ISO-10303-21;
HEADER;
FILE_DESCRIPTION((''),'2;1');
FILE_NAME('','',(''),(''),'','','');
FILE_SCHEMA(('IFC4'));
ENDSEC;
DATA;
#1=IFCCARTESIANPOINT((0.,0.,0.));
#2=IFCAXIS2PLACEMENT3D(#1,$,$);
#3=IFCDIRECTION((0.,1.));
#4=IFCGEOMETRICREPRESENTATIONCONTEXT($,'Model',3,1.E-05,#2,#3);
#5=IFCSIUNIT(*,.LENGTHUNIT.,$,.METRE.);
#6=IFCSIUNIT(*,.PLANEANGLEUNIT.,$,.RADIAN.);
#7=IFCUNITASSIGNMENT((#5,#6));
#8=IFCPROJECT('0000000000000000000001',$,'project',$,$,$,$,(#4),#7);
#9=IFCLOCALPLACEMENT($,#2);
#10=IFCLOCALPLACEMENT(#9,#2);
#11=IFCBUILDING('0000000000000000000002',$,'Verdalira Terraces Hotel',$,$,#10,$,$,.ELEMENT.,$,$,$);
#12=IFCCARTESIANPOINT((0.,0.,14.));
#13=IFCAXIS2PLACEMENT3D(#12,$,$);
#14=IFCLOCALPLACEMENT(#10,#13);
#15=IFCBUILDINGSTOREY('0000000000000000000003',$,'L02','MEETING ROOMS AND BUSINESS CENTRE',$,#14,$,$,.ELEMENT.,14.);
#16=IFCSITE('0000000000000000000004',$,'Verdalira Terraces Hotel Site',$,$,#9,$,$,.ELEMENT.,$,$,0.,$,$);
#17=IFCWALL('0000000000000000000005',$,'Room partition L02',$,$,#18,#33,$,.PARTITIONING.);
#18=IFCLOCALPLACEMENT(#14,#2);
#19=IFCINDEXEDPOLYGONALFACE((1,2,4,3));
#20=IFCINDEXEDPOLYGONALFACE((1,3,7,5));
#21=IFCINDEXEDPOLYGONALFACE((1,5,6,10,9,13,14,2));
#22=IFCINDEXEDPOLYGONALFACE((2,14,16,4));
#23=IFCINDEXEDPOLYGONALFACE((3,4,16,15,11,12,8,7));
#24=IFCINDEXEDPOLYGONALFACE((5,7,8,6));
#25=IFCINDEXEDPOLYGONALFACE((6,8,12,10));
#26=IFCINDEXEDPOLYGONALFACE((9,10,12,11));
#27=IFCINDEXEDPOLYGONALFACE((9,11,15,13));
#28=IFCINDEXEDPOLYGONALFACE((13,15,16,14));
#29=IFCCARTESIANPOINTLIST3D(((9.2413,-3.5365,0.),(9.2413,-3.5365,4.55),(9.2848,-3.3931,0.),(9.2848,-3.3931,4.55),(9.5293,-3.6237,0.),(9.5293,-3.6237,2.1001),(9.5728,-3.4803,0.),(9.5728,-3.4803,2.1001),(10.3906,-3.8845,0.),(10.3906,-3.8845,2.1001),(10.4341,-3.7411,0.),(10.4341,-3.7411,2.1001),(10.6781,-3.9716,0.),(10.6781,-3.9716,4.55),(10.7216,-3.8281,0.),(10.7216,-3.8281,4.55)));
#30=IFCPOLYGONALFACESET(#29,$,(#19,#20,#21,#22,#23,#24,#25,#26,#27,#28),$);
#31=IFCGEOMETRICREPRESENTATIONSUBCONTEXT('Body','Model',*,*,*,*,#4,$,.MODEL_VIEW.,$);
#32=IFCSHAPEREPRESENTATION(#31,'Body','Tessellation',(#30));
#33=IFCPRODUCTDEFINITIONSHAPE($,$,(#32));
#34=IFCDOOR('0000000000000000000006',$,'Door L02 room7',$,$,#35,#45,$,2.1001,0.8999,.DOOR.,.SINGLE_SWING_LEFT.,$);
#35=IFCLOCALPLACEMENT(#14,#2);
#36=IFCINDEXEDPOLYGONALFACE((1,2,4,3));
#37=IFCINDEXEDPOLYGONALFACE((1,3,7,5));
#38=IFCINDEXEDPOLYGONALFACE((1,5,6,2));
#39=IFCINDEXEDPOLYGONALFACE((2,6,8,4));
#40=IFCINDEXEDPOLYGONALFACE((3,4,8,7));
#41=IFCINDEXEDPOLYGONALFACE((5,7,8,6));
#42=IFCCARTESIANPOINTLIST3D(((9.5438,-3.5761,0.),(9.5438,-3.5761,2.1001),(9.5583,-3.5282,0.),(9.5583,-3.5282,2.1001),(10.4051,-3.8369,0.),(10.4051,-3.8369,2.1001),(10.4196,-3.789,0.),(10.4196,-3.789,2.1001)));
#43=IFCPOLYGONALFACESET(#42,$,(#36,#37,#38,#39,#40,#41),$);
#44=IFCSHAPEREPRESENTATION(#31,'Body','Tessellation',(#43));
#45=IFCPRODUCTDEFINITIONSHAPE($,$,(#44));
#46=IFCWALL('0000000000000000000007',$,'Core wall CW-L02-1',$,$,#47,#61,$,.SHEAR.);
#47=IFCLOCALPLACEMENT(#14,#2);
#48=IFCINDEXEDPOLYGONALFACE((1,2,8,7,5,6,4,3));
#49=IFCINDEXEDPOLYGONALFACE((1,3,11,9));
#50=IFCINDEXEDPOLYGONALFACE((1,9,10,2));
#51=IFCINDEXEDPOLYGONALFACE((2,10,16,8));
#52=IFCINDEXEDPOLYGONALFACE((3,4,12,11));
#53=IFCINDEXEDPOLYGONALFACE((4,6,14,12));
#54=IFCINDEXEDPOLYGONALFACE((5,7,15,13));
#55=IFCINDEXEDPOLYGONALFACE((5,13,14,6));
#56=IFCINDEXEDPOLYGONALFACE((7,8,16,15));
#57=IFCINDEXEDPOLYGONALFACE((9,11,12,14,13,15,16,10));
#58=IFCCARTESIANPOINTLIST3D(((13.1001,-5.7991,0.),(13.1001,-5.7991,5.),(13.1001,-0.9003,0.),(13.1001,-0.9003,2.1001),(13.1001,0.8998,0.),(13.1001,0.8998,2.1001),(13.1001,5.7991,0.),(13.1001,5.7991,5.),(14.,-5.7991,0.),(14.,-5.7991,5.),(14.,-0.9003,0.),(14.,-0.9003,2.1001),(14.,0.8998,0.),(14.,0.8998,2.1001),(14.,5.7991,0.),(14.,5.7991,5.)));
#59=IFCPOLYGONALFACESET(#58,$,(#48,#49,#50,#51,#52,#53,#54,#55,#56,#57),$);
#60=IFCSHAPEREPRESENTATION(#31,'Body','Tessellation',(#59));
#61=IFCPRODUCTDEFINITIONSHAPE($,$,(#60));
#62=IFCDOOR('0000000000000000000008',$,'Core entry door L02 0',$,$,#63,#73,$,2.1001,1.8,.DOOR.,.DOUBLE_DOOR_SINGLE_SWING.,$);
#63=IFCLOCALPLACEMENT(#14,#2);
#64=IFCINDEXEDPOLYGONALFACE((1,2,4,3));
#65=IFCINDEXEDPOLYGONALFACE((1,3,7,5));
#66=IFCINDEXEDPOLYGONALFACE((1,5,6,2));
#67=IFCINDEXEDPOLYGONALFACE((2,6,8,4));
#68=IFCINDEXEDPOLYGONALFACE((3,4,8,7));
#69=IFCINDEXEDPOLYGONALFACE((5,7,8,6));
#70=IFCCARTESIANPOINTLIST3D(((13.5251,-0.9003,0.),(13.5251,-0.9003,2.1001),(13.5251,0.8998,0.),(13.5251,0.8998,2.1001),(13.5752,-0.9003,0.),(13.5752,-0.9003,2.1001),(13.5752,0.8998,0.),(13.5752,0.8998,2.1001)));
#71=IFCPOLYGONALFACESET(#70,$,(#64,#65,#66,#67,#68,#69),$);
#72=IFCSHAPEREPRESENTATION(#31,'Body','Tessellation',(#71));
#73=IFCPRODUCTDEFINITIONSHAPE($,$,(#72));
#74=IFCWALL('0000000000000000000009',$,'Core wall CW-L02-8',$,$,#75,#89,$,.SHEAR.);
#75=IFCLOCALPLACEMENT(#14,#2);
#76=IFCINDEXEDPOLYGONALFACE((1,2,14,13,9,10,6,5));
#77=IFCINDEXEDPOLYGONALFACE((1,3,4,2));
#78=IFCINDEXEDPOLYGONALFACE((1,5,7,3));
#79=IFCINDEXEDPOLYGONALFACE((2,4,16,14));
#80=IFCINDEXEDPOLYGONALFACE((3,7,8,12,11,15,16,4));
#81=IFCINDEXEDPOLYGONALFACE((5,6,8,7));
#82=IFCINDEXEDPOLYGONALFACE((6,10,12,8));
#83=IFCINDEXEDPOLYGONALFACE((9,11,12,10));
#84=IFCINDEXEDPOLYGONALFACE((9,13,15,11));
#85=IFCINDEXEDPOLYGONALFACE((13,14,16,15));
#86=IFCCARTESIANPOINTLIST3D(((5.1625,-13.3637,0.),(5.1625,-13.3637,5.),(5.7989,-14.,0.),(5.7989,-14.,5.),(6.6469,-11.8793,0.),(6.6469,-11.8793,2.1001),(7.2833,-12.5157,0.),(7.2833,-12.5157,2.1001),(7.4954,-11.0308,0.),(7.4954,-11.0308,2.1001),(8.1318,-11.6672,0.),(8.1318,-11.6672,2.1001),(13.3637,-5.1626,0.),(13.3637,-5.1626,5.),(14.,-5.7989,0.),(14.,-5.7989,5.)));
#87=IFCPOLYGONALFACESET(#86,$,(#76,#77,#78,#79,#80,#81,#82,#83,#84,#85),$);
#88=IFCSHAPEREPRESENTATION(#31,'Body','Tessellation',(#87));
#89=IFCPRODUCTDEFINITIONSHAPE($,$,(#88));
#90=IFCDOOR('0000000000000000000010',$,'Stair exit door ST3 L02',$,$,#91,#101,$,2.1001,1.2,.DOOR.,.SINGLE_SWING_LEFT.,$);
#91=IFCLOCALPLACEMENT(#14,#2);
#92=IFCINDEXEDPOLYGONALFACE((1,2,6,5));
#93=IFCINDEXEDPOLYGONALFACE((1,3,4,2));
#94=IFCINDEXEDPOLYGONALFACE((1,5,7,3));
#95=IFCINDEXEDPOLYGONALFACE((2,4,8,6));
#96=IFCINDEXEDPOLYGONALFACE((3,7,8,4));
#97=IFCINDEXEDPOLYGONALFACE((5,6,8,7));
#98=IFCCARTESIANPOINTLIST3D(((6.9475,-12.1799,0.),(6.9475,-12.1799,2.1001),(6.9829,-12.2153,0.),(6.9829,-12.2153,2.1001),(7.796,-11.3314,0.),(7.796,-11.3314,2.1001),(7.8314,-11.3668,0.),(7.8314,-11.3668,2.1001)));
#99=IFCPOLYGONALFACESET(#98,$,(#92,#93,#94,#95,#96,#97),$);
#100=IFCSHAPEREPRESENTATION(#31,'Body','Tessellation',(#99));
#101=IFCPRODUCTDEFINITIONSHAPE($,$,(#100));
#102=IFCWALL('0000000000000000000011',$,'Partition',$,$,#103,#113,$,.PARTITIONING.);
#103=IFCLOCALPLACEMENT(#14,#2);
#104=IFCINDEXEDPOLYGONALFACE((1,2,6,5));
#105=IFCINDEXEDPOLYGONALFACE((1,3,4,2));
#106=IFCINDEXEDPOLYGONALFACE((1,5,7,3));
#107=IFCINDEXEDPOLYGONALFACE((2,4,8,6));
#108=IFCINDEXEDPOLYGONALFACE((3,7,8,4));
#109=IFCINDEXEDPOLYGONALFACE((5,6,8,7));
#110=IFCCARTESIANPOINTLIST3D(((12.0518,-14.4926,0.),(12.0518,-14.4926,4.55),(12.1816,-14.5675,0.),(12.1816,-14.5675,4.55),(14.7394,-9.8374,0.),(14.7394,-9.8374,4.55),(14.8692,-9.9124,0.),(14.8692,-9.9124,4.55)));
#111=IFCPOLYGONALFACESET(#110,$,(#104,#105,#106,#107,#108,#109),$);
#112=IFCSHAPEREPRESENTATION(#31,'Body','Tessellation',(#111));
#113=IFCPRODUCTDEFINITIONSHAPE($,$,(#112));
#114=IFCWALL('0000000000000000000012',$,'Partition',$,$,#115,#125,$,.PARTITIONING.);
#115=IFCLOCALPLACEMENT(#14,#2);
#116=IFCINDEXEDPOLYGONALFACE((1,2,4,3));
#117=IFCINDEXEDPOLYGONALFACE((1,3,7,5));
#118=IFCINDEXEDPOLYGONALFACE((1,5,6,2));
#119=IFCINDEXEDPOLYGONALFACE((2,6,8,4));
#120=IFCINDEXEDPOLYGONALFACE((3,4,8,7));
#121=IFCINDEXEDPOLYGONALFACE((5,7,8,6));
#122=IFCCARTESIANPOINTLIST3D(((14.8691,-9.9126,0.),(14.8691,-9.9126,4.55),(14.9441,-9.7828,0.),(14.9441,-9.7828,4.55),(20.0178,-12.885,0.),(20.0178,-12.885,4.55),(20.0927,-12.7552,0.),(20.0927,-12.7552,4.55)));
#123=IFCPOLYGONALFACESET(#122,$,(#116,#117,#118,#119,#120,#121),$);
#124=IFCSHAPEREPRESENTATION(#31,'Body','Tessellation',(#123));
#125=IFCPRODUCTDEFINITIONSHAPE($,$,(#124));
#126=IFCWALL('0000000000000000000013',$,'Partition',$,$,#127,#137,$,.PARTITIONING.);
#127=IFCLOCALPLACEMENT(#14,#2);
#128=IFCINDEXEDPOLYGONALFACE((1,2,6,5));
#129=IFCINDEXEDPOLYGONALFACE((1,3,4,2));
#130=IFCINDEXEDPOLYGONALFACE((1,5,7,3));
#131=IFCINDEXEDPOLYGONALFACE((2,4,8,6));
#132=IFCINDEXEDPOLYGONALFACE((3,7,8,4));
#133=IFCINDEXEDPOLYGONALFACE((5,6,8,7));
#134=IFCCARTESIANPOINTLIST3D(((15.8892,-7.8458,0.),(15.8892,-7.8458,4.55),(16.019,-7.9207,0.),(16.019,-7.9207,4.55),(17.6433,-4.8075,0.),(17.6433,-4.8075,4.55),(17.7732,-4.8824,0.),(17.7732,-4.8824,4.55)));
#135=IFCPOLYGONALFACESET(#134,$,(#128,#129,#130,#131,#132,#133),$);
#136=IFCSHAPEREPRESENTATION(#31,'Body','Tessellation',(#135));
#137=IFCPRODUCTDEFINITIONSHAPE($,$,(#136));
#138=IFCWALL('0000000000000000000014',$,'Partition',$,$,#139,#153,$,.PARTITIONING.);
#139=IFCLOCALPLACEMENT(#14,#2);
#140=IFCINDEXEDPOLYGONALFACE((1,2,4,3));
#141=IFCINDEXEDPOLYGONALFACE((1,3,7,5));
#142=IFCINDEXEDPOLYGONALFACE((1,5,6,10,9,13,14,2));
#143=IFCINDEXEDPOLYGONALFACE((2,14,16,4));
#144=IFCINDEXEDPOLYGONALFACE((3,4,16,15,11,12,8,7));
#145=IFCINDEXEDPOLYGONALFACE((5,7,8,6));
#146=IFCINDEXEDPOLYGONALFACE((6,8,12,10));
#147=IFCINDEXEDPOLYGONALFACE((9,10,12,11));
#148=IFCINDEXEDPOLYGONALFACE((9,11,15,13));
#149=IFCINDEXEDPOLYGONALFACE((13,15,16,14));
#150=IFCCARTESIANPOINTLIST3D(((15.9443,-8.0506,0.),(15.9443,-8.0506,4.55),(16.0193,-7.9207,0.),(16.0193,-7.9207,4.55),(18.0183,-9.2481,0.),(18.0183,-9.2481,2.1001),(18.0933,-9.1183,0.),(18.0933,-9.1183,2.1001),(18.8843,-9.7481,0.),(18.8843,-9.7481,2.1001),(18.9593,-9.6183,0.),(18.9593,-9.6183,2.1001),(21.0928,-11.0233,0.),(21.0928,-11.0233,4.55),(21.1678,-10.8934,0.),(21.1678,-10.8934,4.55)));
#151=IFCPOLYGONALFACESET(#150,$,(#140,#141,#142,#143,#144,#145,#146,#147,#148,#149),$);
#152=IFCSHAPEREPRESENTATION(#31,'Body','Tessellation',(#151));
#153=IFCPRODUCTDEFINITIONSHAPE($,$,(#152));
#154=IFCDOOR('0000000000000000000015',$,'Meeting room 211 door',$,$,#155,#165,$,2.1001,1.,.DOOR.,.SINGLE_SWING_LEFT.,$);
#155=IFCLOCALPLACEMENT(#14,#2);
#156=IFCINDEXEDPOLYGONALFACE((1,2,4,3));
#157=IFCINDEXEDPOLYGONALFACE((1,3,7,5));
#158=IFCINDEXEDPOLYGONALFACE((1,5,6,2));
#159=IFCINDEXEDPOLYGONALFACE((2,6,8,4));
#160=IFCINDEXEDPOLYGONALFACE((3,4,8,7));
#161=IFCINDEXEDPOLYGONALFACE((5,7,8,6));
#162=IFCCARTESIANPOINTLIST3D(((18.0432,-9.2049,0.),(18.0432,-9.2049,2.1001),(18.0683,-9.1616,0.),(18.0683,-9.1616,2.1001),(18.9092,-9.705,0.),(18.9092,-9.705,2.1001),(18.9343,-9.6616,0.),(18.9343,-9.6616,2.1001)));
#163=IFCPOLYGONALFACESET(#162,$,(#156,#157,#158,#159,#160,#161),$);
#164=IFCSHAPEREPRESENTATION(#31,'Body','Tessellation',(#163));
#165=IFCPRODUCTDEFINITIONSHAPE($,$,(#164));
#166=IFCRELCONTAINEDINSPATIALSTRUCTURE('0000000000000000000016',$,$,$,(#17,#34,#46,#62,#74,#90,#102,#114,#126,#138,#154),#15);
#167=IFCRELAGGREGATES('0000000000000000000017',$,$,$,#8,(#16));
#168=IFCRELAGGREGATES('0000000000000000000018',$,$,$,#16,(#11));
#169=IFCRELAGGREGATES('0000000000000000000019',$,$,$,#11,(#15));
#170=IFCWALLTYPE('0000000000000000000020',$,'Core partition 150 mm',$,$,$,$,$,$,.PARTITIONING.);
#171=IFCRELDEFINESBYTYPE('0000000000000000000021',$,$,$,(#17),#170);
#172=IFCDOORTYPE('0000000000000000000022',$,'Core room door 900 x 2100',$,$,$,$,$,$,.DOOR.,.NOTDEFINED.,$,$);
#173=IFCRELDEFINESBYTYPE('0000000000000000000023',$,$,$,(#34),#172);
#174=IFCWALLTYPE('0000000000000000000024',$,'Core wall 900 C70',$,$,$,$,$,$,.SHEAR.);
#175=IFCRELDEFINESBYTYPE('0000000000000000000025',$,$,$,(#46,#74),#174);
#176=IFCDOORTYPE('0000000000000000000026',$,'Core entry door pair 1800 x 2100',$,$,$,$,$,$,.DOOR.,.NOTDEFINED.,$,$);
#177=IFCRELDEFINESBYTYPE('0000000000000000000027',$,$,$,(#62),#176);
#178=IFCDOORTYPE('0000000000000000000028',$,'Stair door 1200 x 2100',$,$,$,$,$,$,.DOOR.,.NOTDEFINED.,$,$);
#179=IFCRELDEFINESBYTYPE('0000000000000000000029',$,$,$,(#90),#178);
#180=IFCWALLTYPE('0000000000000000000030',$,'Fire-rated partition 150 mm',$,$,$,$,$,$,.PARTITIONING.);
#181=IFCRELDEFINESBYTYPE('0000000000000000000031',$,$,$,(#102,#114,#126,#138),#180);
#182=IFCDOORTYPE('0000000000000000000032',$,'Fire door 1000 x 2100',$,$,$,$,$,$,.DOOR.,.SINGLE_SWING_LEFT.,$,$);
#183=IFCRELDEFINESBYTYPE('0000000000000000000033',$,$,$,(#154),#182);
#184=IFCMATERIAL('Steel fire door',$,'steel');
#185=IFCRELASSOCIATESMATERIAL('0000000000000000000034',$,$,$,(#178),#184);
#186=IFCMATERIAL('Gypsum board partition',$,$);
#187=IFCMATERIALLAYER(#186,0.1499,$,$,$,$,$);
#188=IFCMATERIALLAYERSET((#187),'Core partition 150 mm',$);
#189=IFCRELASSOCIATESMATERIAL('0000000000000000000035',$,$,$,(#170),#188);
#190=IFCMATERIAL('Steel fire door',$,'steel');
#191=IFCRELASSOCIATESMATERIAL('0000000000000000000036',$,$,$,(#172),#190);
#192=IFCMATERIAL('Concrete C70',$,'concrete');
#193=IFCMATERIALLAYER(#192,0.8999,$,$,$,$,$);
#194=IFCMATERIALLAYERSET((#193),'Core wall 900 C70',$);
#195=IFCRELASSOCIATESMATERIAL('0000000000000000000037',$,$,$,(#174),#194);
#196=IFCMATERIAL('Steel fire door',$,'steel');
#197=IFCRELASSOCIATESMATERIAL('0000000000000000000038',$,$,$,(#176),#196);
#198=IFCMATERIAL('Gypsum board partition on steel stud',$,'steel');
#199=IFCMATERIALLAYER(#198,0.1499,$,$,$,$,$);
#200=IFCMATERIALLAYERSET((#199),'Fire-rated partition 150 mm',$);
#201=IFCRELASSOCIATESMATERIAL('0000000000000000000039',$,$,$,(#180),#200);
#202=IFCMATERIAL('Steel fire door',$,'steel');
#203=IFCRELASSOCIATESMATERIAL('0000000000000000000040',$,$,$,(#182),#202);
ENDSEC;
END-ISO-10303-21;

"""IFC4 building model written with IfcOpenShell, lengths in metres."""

from ifc_helpers import new_model, si_unit, direction, frame, frame_2d, origin, place, context, subcontext, project, spatial, rectangle, extrude, material, layer, layer_set, type_object, element, fill, save


model = new_model("IFC4")

# Units and contexts
model_context = context("Model", 3, precision=1e-05, world=origin(), true_north=direction((0.0, 1.0)))
body_context = subcontext(model_context, "Body", "Model", "MODEL_VIEW")
ifc_project = project(units=[si_unit("LENGTHUNIT", "METRE"), si_unit("PLANEANGLEUNIT", "RADIAN")], contexts=[model_context])

# Site, building, storey
site_placement = place(None, origin())
site = spatial("IfcSite", under=ifc_project, at=site_placement, Name="Verdalira Terraces Hotel Site", CompositionType="ELEMENT", RefElevation=0.0)
building_placement = place(site_placement, origin())
building = spatial("IfcBuilding", under=site, at=building_placement, Name="Verdalira Terraces Hotel", CompositionType="ELEMENT")
storey_placement = place(building_placement, frame((0.0, 0.0, 14.0)))
storey = spatial("IfcBuildingStorey", under=building, at=storey_placement, Name="L02", Description="MEETING ROOMS AND BUSINESS CENTRE", CompositionType="ELEMENT", Elevation=14.0)

# Shared definitions
ifc_material_1 = material(Name="Steel fire door", Category="steel")
door_type_1 = type_object("IfcDoorType", Name="Stair door 1200 x 2100", OperationType="NOTDEFINED", PredefinedType="DOOR", material=ifc_material_1)

# Walls, openings, doors
ifc_material_2 = material(Name="Gypsum board partition")
ifc_layer_1 = layer(ifc_material_2, 0.1499)
ifc_layer_set_1 = layer_set([ifc_layer_1], Name="Core partition 150 mm")
wall_type_1 = type_object("IfcWallType", Name="Core partition 150 mm", PredefinedType="PARTITIONING", material=ifc_layer_set_1)
ifc_material_3 = material(Name="Steel fire door", Category="steel")
door_type_2 = type_object("IfcDoorType", Name="Core room door 900 x 2100", OperationType="NOTDEFINED", PredefinedType="DOOR", material=ifc_material_3)
wall_1_placement = place(storey_placement, frame((9.2632, -3.4648, 0.0), z_axis=(0.0, 0.0, 1.0), x_axis=(0.957085, -0.289809, 0.0)))
wall_1 = element("IfcWall", 1, at=wall_1_placement, inside=storey, type_object=wall_type_1, Name="Room partition L02", PredefinedType="PARTITIONING", context=body_context, shape_type="SweptSolid", body=[
    extrude(rectangle(XDim=1.5012, YDim=0.1499, at=frame_2d((0.7505, 0.0))), origin(), (0.0, 0.0, 1.0), 4.55),
])
opening_1_placement = place(wall_1_placement, frame((0.3008, 0.0, 0.0)))
opening_1 = element("IfcOpeningElement", 2, at=opening_1_placement, cuts=wall_1, PredefinedType="OPENING", context=body_context, shape_type="SweptSolid", body=[
    extrude(rectangle(XDim=0.8999, YDim=2.1001, at=frame_2d((0.45, 1.05))), frame((0.0, 0.085, 0.0), z_axis=(0.0, -1.0, 0.0), x_axis=(1.0, 0.0, 0.0)), (0.0, 0.0, 1.0), 0.1699),
])
door_1_placement = place(opening_1_placement, origin())
door_1 = element("IfcDoor", 3, at=door_1_placement, inside=storey, type_object=door_type_2, Name="Door L02 room7", OperationType="SINGLE_SWING_LEFT", OverallHeight=2.1001, OverallWidth=0.8999, PredefinedType="DOOR", context=body_context, shape_type="SweptSolid", body=[
    extrude(rectangle(XDim=0.8999, YDim=2.1001, at=frame_2d((0.45, 1.05))), frame((0.0, 0.0249, 0.0), z_axis=(0.0, -1.0, 0.0), x_axis=(1.0, 0.0, 0.0)), (0.0, 0.0, 1.0), 0.05),
])
fill(opening_1, door_1)
ifc_material_4 = material(Name="Concrete C70", Category="concrete")
ifc_layer_2 = layer(ifc_material_4, 0.8999)
ifc_layer_set_2 = layer_set([ifc_layer_2], Name="Core wall 900 C70")
wall_type_2 = type_object("IfcWallType", Name="Core wall 900 C70", PredefinedType="SHEAR", material=ifc_layer_set_2)
wall_2_placement = place(storey_placement, frame((13.55, -5.7991, 0.0), z_axis=(0.0, 0.0, 1.0), x_axis=(0.0, 1.0, 0.0)))
wall_2 = element("IfcWall", 4, at=wall_2_placement, inside=storey, type_object=wall_type_2, Name="Core wall CW-L02-1", PredefinedType="SHEAR", context=body_context, shape_type="SweptSolid", body=[
    extrude(rectangle(XDim=11.5981, YDim=0.8999, at=frame_2d((5.7991, 0.0))), origin(), (0.0, 0.0, 1.0), 5.0),
])
opening_2_placement = place(wall_2_placement, frame((4.8989, 0.0, 0.0)))
opening_2 = element("IfcOpeningElement", 5, at=opening_2_placement, cuts=wall_2, PredefinedType="OPENING", context=body_context, shape_type="SweptSolid", body=[
    extrude(rectangle(XDim=1.8, YDim=2.1001, at=frame_2d((0.8999, 1.05))), frame((0.0, 0.46, 0.0), z_axis=(0.0, -1.0, 0.0), x_axis=(1.0, 0.0, 0.0)), (0.0, 0.0, 1.0), 0.9199),
])
ifc_material_5 = material(Name="Steel fire door", Category="steel")
door_type_3 = type_object("IfcDoorType", Name="Core entry door pair 1800 x 2100", OperationType="NOTDEFINED", PredefinedType="DOOR", material=ifc_material_5)
door_2_placement = place(opening_2_placement, origin())
door_2 = element("IfcDoor", 6, at=door_2_placement, inside=storey, type_object=door_type_3, Name="Core entry door L02 0", OperationType="DOUBLE_DOOR_SINGLE_SWING", OverallHeight=2.1001, OverallWidth=1.8, PredefinedType="DOOR", context=body_context, shape_type="SweptSolid", body=[
    extrude(rectangle(XDim=1.8, YDim=2.1001, at=frame_2d((0.8999, 1.05))), frame((0.0, 0.0249, 0.0), z_axis=(0.0, -1.0, 0.0), x_axis=(1.0, 0.0, 0.0)), (0.0, 0.0, 1.0), 0.05),
])
fill(opening_2, door_2)
wall_3_placement = place(storey_placement, frame((5.4807, -13.6819, 0.0), z_axis=(0.0, 0.0, 1.0), x_axis=(0.707107, 0.707107, 0.0)))
wall_3 = element("IfcWall", 7, at=wall_3_placement, inside=storey, type_object=wall_type_2, Name="Core wall CW-L02-8", PredefinedType="SHEAR", context=body_context, shape_type="SweptSolid", body=[
    extrude(rectangle(XDim=11.5981, YDim=0.8999, at=frame_2d((5.7991, 0.0))), origin(), (0.0, 0.0, 1.0), 5.0),
])
opening_3_placement = place(wall_3_placement, frame((2.0991, 0.0, 0.0)))
opening_3 = element("IfcOpeningElement", 8, at=opening_3_placement, cuts=wall_3, PredefinedType="OPENING", context=body_context, shape_type="SweptSolid", body=[
    extrude(rectangle(XDim=1.2, YDim=2.1001, at=frame_2d((0.6001, 1.05))), frame((0.0, 0.46, 0.0), z_axis=(0.0, -1.0, 0.0), x_axis=(1.0, 0.0, 0.0)), (0.0, 0.0, 1.0), 0.9199),
])
door_3_placement = place(opening_3_placement, origin())
door_3 = element("IfcDoor", 9, at=door_3_placement, inside=storey, type_object=door_type_1, Name="Stair exit door ST3 L02", OperationType="SINGLE_SWING_LEFT", OverallHeight=2.1001, OverallWidth=1.2, PredefinedType="DOOR", context=body_context, shape_type="SweptSolid", body=[
    extrude(rectangle(XDim=1.2, YDim=2.1001, at=frame_2d((0.6001, 1.05))), frame((0.0, 0.0249, 0.0), z_axis=(0.0, -1.0, 0.0), x_axis=(1.0, 0.0, 0.0)), (0.0, 0.0, 1.0), 0.05),
])
fill(opening_3, door_3)

# Walls
ifc_material_6 = material(Name="Gypsum board partition on steel stud", Category="steel")
ifc_layer_3 = layer(ifc_material_6, 0.1499)
ifc_layer_set_3 = layer_set([ifc_layer_3], Name="Fire-rated partition 150 mm")
wall_type_3 = type_object("IfcWallType", Name="Fire-rated partition 150 mm", PredefinedType="PARTITIONING", material=ifc_layer_set_3)
wall_4_placement = place(storey_placement, frame((14.8042, -9.875, 0.0), z_axis=(0.0, 0.0, 1.0), x_axis=(-0.499989, -0.866032, 0.0)))
element("IfcWall", 10, at=wall_4_placement, inside=storey, type_object=wall_type_3, Name="Partition", PredefinedType="PARTITIONING", context=body_context, shape_type="SweptSolid", body=[
    extrude(rectangle(XDim=5.3752, YDim=0.1499, at=frame_2d((2.6875, 0.0))), origin(), (0.0, 0.0, 1.0), 4.55),
])
wall_5_placement = place(storey_placement, frame((14.9065, -9.8477, 0.0), z_axis=(0.0, 0.0, 1.0), x_axis=(0.866039, -0.499977, 0.0)))
element("IfcWall", 11, at=wall_5_placement, inside=storey, type_object=wall_type_3, Name="Partition", PredefinedType="PARTITIONING", context=body_context, shape_type="SweptSolid", body=[
    extrude(rectangle(XDim=5.9451, YDim=0.1499, at=frame_2d((2.9727, 0.0))), origin(), (0.0, 0.0, 1.0), 4.55),
])
wall_6_placement = place(storey_placement, frame((17.7083, -4.845, 0.0), z_axis=(0.0, 0.0, 1.0), x_axis=(-0.499994, -0.866029, 0.0)))
element("IfcWall", 12, at=wall_6_placement, inside=storey, type_object=wall_type_3, Name="Partition", PredefinedType="PARTITIONING", context=body_context, shape_type="SweptSolid", body=[
    extrude(rectangle(XDim=3.5083, YDim=0.1499, at=frame_2d((1.7542, 0.0))), origin(), (0.0, 0.0, 1.0), 4.55),
])

# Wall, opening, door
wall_7_placement = place(storey_placement, frame((15.9817, -7.9856, 0.0), z_axis=(0.0, 0.0, 1.0), x_axis=(0.866011, -0.500026, 0.0)))
wall_7 = element("IfcWall", 13, at=wall_7_placement, inside=storey, type_object=wall_type_3, Name="Partition", PredefinedType="PARTITIONING", context=body_context, shape_type="SweptSolid", body=[
    extrude(rectangle(XDim=5.9451, YDim=0.1499, at=frame_2d((2.9727, 0.0))), origin(), (0.0, 0.0, 1.0), 4.55),
])
opening_4_placement = place(wall_7_placement, frame((2.395, 0.0, 0.0)))
opening_4 = element("IfcOpeningElement", 14, at=opening_4_placement, cuts=wall_7, PredefinedType="OPENING", context=body_context, shape_type="SweptSolid", body=[
    extrude(rectangle(XDim=1.0, YDim=2.1001, at=frame_2d((0.5, 1.05))), frame((0.0, 0.085, 0.0), z_axis=(0.0, -1.0, 0.0), x_axis=(1.0, 0.0, 0.0)), (0.0, 0.0, 1.0), 0.1699),
])
ifc_material_7 = material(Name="Steel fire door", Category="steel")
door_type_4 = type_object("IfcDoorType", Name="Fire door 1000 x 2100", OperationType="SINGLE_SWING_LEFT", PredefinedType="DOOR", material=ifc_material_7)
door_4_placement = place(opening_4_placement, origin())
door_4 = element("IfcDoor", 15, at=door_4_placement, inside=storey, type_object=door_type_4, Name="Meeting room 211 door", OperationType="SINGLE_SWING_LEFT", OverallHeight=2.1001, OverallWidth=1.0, PredefinedType="DOOR", context=body_context, shape_type="SweptSolid", body=[
    extrude(rectangle(XDim=1.0, YDim=2.1001, at=frame_2d((0.5, 1.05))), frame((0.0, 0.0249, 0.0), z_axis=(0.0, -1.0, 0.0), x_axis=(1.0, 0.0, 0.0)), (0.0, 0.0, 1.0), 0.05),
])
fill(opening_4, door_4)

save(model, "model.ifc")
